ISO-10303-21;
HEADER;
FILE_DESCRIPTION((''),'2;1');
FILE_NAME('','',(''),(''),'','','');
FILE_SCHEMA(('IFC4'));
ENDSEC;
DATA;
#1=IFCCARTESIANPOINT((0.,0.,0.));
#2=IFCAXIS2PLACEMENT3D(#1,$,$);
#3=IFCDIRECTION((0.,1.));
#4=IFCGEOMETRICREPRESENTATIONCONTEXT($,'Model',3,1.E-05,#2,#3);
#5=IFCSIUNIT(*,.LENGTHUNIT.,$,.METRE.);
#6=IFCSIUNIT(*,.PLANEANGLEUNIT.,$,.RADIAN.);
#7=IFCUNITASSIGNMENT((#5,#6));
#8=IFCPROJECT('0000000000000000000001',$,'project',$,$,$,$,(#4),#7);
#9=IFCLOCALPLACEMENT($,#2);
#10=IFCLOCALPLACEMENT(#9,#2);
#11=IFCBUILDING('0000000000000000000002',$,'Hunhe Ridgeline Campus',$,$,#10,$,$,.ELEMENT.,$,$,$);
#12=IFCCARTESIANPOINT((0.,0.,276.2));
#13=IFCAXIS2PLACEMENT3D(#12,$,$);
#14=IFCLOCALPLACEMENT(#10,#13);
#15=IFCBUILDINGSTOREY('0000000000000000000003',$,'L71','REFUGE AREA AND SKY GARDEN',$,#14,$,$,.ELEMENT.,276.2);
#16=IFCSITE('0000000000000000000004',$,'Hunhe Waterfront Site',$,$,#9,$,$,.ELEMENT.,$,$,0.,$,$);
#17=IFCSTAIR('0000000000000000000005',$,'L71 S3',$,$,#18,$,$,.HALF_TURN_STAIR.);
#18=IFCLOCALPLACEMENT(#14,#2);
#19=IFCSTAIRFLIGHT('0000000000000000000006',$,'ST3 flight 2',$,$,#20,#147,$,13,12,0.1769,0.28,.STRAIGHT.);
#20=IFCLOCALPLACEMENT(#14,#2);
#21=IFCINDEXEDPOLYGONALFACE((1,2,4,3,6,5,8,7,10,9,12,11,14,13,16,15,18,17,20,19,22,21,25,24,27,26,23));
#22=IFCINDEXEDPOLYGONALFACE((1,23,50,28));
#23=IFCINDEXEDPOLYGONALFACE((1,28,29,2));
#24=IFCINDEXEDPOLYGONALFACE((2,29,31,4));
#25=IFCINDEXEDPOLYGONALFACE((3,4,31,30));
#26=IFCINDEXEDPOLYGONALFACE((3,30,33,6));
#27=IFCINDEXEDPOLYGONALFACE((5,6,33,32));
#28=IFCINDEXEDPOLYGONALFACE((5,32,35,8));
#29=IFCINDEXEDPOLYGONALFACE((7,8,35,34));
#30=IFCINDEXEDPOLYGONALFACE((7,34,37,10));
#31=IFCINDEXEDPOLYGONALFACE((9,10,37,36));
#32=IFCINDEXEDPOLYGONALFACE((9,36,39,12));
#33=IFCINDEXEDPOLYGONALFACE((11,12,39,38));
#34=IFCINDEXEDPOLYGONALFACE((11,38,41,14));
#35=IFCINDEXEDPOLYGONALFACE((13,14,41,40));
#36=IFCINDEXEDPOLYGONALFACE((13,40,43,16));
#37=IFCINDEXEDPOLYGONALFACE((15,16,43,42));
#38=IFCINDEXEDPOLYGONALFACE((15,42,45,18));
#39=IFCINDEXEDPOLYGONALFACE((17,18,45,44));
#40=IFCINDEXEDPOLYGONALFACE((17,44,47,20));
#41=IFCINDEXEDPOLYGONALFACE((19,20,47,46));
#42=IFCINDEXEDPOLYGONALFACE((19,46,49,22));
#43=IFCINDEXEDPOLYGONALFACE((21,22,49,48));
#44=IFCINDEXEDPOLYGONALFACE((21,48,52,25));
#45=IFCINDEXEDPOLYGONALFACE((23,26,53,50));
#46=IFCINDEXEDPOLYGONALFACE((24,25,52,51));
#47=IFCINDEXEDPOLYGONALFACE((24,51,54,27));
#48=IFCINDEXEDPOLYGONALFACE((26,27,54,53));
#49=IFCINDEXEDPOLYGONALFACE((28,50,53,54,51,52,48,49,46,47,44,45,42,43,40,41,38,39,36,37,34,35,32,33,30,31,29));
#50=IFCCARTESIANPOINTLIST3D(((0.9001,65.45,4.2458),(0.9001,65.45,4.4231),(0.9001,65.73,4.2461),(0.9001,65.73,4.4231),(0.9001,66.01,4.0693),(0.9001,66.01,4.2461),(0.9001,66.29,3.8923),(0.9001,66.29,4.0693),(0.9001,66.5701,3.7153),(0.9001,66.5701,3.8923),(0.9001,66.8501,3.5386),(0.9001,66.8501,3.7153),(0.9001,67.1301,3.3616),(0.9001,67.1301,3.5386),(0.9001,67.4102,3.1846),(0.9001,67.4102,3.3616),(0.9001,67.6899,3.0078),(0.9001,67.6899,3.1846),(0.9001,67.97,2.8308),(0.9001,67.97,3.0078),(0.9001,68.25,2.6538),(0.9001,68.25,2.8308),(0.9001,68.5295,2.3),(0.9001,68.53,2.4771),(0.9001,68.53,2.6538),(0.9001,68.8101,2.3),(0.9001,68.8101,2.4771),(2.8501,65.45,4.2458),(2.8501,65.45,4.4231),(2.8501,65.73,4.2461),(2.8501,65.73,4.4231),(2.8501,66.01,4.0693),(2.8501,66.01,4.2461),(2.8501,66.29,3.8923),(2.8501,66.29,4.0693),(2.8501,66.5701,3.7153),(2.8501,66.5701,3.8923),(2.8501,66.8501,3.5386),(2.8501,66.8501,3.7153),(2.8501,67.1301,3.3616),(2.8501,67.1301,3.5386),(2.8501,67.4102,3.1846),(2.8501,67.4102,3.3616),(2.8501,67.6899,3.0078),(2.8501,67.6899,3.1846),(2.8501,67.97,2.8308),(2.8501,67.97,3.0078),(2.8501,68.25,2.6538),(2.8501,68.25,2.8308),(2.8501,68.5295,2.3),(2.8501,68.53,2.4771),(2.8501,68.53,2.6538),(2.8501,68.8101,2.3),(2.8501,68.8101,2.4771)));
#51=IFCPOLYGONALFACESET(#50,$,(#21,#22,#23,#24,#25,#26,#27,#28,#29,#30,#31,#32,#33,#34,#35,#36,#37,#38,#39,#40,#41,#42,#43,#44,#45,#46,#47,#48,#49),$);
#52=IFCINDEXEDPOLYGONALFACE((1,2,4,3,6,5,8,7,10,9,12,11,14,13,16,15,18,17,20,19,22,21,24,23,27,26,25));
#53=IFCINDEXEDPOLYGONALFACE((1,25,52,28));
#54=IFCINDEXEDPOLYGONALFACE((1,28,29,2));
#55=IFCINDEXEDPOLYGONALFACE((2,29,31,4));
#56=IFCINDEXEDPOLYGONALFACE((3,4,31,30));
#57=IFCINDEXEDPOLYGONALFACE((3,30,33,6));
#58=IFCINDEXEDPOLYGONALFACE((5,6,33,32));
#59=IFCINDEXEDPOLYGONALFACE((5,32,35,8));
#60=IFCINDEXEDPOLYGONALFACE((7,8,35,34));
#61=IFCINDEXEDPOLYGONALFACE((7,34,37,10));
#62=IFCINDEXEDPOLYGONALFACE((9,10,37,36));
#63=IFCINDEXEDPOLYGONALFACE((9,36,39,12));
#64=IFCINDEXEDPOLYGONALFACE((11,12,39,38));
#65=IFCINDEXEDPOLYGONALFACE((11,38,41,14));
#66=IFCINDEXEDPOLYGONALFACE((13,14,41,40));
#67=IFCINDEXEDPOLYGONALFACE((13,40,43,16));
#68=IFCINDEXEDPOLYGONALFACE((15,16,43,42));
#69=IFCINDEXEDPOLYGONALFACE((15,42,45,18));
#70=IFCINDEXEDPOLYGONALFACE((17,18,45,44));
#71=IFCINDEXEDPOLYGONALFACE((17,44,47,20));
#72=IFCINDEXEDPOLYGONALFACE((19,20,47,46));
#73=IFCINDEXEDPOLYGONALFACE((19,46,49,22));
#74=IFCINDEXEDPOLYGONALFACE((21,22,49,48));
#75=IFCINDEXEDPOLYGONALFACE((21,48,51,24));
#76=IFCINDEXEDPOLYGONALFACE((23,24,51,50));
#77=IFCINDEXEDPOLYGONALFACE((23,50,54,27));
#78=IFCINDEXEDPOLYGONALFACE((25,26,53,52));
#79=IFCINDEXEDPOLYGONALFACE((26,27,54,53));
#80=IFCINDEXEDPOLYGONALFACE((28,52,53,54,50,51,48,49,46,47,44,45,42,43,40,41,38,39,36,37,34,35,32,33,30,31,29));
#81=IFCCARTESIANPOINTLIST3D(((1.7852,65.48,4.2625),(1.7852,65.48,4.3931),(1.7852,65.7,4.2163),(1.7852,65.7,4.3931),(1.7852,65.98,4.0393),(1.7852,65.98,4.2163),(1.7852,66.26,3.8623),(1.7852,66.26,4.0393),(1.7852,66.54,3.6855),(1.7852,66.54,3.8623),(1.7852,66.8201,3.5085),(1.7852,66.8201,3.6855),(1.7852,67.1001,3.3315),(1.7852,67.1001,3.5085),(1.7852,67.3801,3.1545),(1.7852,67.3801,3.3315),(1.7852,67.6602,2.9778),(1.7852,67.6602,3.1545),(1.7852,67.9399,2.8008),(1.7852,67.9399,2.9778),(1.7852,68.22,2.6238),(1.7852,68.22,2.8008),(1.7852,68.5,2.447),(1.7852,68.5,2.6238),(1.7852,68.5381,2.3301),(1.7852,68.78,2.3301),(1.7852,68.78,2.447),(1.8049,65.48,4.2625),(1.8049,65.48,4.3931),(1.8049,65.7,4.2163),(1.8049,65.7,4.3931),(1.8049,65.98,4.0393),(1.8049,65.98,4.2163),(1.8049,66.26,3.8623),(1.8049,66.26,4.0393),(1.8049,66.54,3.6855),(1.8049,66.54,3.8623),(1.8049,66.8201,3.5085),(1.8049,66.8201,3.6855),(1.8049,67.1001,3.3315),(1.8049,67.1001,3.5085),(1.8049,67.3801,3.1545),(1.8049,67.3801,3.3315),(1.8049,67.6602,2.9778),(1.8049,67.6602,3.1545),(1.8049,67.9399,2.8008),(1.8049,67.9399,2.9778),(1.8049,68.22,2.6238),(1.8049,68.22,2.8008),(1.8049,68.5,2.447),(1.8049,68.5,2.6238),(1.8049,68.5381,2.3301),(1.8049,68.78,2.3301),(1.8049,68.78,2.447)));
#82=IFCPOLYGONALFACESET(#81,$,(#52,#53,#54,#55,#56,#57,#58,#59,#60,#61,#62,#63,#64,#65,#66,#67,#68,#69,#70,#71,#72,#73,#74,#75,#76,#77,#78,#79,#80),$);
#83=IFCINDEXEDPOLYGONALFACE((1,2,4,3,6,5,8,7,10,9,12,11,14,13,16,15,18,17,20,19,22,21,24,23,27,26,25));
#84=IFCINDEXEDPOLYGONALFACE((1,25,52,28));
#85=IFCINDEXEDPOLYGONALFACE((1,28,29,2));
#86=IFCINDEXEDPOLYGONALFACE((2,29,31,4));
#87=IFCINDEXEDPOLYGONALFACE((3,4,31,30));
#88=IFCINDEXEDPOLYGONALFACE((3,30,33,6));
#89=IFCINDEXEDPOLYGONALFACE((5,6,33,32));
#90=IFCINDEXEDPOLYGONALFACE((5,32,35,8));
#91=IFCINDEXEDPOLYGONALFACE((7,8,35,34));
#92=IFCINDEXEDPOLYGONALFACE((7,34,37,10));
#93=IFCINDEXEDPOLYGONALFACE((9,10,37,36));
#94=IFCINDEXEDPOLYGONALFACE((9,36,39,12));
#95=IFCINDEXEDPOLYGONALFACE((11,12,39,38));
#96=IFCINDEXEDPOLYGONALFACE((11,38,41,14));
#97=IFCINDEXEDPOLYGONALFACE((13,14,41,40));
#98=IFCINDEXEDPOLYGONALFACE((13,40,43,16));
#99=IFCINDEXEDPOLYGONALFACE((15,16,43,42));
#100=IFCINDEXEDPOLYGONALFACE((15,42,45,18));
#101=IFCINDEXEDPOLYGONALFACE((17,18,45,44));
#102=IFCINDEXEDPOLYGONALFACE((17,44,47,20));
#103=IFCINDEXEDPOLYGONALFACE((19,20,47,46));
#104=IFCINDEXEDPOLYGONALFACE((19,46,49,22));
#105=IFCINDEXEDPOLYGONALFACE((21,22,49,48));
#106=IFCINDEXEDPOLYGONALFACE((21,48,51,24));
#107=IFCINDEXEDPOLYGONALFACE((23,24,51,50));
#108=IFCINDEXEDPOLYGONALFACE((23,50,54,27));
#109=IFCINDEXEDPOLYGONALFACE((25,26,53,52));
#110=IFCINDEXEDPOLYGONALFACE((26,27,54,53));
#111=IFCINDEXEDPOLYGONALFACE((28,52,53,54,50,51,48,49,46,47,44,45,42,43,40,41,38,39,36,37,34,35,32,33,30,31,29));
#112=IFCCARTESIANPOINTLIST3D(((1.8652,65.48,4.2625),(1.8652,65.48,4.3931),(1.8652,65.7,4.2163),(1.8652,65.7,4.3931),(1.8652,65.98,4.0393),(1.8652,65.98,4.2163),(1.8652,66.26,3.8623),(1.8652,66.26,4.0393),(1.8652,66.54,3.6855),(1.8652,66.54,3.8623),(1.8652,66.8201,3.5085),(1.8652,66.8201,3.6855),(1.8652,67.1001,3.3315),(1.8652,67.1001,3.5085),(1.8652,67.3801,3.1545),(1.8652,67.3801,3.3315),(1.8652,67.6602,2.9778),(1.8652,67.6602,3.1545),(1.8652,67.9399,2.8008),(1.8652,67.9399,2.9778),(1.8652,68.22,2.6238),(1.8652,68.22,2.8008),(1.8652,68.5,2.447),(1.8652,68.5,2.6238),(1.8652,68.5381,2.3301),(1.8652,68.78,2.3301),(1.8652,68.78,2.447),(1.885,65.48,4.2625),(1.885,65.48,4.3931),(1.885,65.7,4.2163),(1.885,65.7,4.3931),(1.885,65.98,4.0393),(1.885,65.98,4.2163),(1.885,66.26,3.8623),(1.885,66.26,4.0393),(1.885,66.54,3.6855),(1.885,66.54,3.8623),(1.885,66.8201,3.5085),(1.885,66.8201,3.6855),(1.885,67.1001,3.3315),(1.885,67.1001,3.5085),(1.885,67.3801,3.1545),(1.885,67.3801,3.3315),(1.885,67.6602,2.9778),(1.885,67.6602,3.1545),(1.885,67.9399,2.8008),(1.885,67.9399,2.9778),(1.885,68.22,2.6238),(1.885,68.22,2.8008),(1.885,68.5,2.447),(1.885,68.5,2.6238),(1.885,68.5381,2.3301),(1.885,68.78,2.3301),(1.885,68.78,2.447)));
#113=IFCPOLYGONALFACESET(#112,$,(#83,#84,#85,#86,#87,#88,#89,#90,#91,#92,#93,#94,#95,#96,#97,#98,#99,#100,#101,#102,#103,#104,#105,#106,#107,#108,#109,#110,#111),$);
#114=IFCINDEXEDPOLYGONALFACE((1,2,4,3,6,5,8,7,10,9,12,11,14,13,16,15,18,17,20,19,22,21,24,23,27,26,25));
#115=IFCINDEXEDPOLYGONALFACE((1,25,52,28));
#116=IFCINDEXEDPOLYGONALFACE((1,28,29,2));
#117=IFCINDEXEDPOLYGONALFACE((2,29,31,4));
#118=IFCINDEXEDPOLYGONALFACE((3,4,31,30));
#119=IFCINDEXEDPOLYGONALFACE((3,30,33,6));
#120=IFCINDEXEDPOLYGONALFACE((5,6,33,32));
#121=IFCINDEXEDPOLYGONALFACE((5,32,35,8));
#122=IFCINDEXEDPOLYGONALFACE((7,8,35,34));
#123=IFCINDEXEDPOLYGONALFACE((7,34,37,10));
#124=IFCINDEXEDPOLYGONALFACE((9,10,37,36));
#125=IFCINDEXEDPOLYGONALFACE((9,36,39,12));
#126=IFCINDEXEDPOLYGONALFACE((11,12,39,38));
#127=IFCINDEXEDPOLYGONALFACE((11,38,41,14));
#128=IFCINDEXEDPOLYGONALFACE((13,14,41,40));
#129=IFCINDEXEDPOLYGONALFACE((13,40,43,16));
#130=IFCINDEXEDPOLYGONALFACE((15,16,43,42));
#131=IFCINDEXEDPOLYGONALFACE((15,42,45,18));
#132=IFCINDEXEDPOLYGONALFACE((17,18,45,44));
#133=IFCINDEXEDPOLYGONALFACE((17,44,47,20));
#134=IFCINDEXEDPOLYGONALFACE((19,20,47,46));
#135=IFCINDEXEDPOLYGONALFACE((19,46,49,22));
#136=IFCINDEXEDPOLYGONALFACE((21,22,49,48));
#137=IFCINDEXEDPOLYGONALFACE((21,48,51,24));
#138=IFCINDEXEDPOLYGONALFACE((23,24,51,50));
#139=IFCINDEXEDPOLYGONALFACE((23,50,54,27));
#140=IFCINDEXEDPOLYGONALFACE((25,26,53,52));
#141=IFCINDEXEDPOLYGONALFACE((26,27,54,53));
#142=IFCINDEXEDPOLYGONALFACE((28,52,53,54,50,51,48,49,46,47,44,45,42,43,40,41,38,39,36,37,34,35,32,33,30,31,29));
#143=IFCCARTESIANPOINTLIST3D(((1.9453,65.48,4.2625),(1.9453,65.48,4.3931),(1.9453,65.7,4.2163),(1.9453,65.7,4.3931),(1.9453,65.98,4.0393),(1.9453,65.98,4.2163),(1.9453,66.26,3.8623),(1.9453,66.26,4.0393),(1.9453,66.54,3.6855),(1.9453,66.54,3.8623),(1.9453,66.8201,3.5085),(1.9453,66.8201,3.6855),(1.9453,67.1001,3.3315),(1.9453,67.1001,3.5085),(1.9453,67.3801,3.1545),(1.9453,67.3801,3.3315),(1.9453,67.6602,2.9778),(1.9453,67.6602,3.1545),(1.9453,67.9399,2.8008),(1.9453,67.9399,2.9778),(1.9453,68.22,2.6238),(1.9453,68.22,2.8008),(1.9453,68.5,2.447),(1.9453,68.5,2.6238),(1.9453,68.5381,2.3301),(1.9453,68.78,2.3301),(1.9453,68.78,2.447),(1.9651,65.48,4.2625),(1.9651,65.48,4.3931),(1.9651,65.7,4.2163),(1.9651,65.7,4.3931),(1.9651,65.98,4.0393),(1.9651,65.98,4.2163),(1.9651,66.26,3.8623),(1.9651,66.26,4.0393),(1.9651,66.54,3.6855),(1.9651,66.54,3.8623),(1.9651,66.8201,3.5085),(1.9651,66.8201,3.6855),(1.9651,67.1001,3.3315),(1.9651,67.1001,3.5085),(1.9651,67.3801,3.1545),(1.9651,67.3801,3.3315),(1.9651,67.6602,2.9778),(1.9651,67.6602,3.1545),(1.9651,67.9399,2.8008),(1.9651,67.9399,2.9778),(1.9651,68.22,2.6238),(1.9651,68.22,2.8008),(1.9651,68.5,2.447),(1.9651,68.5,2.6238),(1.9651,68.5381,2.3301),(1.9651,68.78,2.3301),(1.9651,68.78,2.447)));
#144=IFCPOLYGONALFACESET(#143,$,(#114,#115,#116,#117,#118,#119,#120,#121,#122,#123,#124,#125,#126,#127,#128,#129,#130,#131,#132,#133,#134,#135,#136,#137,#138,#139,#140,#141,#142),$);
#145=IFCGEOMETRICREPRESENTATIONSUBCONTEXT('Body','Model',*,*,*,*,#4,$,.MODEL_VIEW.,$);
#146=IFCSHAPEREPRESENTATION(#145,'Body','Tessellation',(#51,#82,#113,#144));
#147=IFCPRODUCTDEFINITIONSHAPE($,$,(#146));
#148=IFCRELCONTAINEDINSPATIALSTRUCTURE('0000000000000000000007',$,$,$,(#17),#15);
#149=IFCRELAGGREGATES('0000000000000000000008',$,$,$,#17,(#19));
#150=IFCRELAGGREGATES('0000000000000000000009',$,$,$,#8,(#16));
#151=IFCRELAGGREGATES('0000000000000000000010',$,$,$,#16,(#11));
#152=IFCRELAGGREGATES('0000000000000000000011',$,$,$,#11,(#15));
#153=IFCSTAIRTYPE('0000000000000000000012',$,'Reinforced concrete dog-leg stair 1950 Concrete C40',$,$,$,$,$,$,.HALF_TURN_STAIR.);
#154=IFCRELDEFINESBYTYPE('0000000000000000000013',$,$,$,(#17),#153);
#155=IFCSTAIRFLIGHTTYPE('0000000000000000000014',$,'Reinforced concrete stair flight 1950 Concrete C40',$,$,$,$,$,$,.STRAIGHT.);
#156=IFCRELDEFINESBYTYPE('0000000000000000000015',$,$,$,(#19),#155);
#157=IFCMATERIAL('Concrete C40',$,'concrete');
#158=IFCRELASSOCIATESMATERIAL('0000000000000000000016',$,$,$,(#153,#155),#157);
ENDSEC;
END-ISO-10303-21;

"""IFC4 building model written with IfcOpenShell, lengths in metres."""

from ifc_helpers import new_model, si_unit, direction, frame, origin, place, context, subcontext, project, spatial, polyline, outline, extrude, material, type_object, element, aggregate, save


model = new_model("IFC4")

# Units and contexts
model_context = context("Model", 3, precision=1e-05, world=origin(), true_north=direction((0.0, 1.0)))
body_context = subcontext(model_context, "Body", "Model", "MODEL_VIEW")
ifc_project = project(units=[si_unit("LENGTHUNIT", "METRE"), si_unit("PLANEANGLEUNIT", "RADIAN")], contexts=[model_context])

# Site, building, storey
site_placement = place(None, origin())
site = spatial("IfcSite", under=ifc_project, at=site_placement, Name="Hunhe Waterfront Site", CompositionType="ELEMENT", RefElevation=0.0)
building_placement = place(site_placement, origin())
building = spatial("IfcBuilding", under=site, at=building_placement, Name="Hunhe Ridgeline Campus", CompositionType="ELEMENT")
storey_placement = place(building_placement, frame((0.0, 0.0, 276.2)))
storey = spatial("IfcBuildingStorey", under=building, at=storey_placement, Name="L71", Description="REFUGE AREA AND SKY GARDEN", CompositionType="ELEMENT", Elevation=276.2)

# Stair, stair flight
ifc_material_1 = material(Name="Concrete C40", Category="concrete")
stair_type = type_object("IfcStairType", Name="Reinforced concrete dog-leg stair 1950 Concrete C40", PredefinedType="HALF_TURN_STAIR", material=ifc_material_1)
stair_1_placement = place(storey_placement, origin())
stair_1 = element("IfcStair", 1, at=stair_1_placement, inside=storey, type_object=stair_type, Name="L71 S3", PredefinedType="HALF_TURN_STAIR")
stair_flight_type = type_object("IfcStairFlightType", Name="Reinforced concrete stair flight 1950 Concrete C40", PredefinedType="STRAIGHT", material=ifc_material_1)
stair_flight_1_placement = place(storey_placement, frame((1.875, 68.8101, 2.3), z_axis=(0.0, 0.0, 1.0), x_axis=(0.0, -1.0, 0.0)))
stair_flight_1 = element("IfcStairFlight", 2, at=stair_flight_1_placement, type_object=stair_flight_type, Name="ST3 flight 2", NumberOfRisers=13, NumberOfTreads=12, PredefinedType="STRAIGHT", RiserHeight=0.1769, TreadLength=0.28, context=body_context, shape_type="SweptSolid", body=[
    extrude(outline(polyline([(0.0, 0.0), (0.0, 0.177), (0.28, 0.177), (0.28, 0.3538), (0.5601, 0.3538), (0.5601, 0.5308), (0.8401, 0.5308), (0.8401, 0.7078), (1.1201, 0.7078), (1.1201, 0.8845), (1.3999, 0.8845), (1.3999, 1.0615), (1.6799, 1.0615), (1.6799, 1.2385), (1.96, 1.2385), (1.96, 1.4153), (2.24, 1.4153), (2.24, 1.5923), (2.52, 1.5923), (2.52, 1.7693), (2.8, 1.7693), (2.8, 1.946), (3.0801, 1.946), (3.0801, 2.123), (3.3601, 2.123), (3.3601, 2.3), (3.3601, 1.9458), (0.2805, 0.0), (0.0, 0.0)])), frame((0.0, 0.9751, 0.0), z_axis=(0.0, -1.0, 0.0), x_axis=(1.0, 0.0, 0.0)), (0.0, 0.0, 1.0), 1.95),
    extrude(outline(polyline([(0.03, 0.03), (0.03, 0.147), (0.3101, 0.147), (0.3101, 0.3237), (0.5901, 0.3237), (0.5901, 0.5007), (0.8701, 0.5007), (0.8701, 0.6777), (1.1499, 0.6777), (1.1499, 0.8545), (1.4299, 0.8545), (1.4299, 1.0315), (1.71, 1.0315), (1.71, 1.2085), (1.99, 1.2085), (1.99, 1.3855), (2.27, 1.3855), (2.27, 1.5623), (2.55, 1.5623), (2.55, 1.7393), (2.8301, 1.7393), (2.8301, 1.9163), (3.1101, 1.9163), (3.1101, 2.093), (3.3301, 2.093), (3.3301, 1.9624), (0.272, 0.03), (0.03, 0.03)])), frame((0.0, -0.0701, 0.0), z_axis=(0.0, -1.0, 0.0), x_axis=(1.0, 0.0, 0.0)), (0.0, 0.0, 1.0), 0.0198),
    extrude(outline(polyline([(0.03, 0.03), (0.03, 0.147), (0.3101, 0.147), (0.3101, 0.3237), (0.5901, 0.3237), (0.5901, 0.5007), (0.8701, 0.5007), (0.8701, 0.6777), (1.1499, 0.6777), (1.1499, 0.8545), (1.4299, 0.8545), (1.4299, 1.0315), (1.71, 1.0315), (1.71, 1.2085), (1.99, 1.2085), (1.99, 1.3855), (2.27, 1.3855), (2.27, 1.5623), (2.55, 1.5623), (2.55, 1.7393), (2.8301, 1.7393), (2.8301, 1.9163), (3.1101, 1.9163), (3.1101, 2.093), (3.3301, 2.093), (3.3301, 1.9624), (0.272, 0.03), (0.03, 0.03)])), frame((0.0, 0.01, 0.0), z_axis=(0.0, -1.0, 0.0), x_axis=(1.0, 0.0, 0.0)), (0.0, 0.0, 1.0), 0.0198),
    extrude(outline(polyline([(0.03, 0.03), (0.03, 0.147), (0.3101, 0.147), (0.3101, 0.3237), (0.5901, 0.3237), (0.5901, 0.5007), (0.8701, 0.5007), (0.8701, 0.6777), (1.1499, 0.6777), (1.1499, 0.8545), (1.4299, 0.8545), (1.4299, 1.0315), (1.71, 1.0315), (1.71, 1.2085), (1.99, 1.2085), (1.99, 1.3855), (2.27, 1.3855), (2.27, 1.5623), (2.55, 1.5623), (2.55, 1.7393), (2.8301, 1.7393), (2.8301, 1.9163), (3.1101, 1.9163), (3.1101, 2.093), (3.3301, 2.093), (3.3301, 1.9624), (0.272, 0.03), (0.03, 0.03)])), frame((0.0, 0.0901, 0.0), z_axis=(0.0, -1.0, 0.0), x_axis=(1.0, 0.0, 0.0)), (0.0, 0.0, 1.0), 0.0198),
])
aggregate(stair_1, [stair_flight_1])

save(model, "model.ifc")
